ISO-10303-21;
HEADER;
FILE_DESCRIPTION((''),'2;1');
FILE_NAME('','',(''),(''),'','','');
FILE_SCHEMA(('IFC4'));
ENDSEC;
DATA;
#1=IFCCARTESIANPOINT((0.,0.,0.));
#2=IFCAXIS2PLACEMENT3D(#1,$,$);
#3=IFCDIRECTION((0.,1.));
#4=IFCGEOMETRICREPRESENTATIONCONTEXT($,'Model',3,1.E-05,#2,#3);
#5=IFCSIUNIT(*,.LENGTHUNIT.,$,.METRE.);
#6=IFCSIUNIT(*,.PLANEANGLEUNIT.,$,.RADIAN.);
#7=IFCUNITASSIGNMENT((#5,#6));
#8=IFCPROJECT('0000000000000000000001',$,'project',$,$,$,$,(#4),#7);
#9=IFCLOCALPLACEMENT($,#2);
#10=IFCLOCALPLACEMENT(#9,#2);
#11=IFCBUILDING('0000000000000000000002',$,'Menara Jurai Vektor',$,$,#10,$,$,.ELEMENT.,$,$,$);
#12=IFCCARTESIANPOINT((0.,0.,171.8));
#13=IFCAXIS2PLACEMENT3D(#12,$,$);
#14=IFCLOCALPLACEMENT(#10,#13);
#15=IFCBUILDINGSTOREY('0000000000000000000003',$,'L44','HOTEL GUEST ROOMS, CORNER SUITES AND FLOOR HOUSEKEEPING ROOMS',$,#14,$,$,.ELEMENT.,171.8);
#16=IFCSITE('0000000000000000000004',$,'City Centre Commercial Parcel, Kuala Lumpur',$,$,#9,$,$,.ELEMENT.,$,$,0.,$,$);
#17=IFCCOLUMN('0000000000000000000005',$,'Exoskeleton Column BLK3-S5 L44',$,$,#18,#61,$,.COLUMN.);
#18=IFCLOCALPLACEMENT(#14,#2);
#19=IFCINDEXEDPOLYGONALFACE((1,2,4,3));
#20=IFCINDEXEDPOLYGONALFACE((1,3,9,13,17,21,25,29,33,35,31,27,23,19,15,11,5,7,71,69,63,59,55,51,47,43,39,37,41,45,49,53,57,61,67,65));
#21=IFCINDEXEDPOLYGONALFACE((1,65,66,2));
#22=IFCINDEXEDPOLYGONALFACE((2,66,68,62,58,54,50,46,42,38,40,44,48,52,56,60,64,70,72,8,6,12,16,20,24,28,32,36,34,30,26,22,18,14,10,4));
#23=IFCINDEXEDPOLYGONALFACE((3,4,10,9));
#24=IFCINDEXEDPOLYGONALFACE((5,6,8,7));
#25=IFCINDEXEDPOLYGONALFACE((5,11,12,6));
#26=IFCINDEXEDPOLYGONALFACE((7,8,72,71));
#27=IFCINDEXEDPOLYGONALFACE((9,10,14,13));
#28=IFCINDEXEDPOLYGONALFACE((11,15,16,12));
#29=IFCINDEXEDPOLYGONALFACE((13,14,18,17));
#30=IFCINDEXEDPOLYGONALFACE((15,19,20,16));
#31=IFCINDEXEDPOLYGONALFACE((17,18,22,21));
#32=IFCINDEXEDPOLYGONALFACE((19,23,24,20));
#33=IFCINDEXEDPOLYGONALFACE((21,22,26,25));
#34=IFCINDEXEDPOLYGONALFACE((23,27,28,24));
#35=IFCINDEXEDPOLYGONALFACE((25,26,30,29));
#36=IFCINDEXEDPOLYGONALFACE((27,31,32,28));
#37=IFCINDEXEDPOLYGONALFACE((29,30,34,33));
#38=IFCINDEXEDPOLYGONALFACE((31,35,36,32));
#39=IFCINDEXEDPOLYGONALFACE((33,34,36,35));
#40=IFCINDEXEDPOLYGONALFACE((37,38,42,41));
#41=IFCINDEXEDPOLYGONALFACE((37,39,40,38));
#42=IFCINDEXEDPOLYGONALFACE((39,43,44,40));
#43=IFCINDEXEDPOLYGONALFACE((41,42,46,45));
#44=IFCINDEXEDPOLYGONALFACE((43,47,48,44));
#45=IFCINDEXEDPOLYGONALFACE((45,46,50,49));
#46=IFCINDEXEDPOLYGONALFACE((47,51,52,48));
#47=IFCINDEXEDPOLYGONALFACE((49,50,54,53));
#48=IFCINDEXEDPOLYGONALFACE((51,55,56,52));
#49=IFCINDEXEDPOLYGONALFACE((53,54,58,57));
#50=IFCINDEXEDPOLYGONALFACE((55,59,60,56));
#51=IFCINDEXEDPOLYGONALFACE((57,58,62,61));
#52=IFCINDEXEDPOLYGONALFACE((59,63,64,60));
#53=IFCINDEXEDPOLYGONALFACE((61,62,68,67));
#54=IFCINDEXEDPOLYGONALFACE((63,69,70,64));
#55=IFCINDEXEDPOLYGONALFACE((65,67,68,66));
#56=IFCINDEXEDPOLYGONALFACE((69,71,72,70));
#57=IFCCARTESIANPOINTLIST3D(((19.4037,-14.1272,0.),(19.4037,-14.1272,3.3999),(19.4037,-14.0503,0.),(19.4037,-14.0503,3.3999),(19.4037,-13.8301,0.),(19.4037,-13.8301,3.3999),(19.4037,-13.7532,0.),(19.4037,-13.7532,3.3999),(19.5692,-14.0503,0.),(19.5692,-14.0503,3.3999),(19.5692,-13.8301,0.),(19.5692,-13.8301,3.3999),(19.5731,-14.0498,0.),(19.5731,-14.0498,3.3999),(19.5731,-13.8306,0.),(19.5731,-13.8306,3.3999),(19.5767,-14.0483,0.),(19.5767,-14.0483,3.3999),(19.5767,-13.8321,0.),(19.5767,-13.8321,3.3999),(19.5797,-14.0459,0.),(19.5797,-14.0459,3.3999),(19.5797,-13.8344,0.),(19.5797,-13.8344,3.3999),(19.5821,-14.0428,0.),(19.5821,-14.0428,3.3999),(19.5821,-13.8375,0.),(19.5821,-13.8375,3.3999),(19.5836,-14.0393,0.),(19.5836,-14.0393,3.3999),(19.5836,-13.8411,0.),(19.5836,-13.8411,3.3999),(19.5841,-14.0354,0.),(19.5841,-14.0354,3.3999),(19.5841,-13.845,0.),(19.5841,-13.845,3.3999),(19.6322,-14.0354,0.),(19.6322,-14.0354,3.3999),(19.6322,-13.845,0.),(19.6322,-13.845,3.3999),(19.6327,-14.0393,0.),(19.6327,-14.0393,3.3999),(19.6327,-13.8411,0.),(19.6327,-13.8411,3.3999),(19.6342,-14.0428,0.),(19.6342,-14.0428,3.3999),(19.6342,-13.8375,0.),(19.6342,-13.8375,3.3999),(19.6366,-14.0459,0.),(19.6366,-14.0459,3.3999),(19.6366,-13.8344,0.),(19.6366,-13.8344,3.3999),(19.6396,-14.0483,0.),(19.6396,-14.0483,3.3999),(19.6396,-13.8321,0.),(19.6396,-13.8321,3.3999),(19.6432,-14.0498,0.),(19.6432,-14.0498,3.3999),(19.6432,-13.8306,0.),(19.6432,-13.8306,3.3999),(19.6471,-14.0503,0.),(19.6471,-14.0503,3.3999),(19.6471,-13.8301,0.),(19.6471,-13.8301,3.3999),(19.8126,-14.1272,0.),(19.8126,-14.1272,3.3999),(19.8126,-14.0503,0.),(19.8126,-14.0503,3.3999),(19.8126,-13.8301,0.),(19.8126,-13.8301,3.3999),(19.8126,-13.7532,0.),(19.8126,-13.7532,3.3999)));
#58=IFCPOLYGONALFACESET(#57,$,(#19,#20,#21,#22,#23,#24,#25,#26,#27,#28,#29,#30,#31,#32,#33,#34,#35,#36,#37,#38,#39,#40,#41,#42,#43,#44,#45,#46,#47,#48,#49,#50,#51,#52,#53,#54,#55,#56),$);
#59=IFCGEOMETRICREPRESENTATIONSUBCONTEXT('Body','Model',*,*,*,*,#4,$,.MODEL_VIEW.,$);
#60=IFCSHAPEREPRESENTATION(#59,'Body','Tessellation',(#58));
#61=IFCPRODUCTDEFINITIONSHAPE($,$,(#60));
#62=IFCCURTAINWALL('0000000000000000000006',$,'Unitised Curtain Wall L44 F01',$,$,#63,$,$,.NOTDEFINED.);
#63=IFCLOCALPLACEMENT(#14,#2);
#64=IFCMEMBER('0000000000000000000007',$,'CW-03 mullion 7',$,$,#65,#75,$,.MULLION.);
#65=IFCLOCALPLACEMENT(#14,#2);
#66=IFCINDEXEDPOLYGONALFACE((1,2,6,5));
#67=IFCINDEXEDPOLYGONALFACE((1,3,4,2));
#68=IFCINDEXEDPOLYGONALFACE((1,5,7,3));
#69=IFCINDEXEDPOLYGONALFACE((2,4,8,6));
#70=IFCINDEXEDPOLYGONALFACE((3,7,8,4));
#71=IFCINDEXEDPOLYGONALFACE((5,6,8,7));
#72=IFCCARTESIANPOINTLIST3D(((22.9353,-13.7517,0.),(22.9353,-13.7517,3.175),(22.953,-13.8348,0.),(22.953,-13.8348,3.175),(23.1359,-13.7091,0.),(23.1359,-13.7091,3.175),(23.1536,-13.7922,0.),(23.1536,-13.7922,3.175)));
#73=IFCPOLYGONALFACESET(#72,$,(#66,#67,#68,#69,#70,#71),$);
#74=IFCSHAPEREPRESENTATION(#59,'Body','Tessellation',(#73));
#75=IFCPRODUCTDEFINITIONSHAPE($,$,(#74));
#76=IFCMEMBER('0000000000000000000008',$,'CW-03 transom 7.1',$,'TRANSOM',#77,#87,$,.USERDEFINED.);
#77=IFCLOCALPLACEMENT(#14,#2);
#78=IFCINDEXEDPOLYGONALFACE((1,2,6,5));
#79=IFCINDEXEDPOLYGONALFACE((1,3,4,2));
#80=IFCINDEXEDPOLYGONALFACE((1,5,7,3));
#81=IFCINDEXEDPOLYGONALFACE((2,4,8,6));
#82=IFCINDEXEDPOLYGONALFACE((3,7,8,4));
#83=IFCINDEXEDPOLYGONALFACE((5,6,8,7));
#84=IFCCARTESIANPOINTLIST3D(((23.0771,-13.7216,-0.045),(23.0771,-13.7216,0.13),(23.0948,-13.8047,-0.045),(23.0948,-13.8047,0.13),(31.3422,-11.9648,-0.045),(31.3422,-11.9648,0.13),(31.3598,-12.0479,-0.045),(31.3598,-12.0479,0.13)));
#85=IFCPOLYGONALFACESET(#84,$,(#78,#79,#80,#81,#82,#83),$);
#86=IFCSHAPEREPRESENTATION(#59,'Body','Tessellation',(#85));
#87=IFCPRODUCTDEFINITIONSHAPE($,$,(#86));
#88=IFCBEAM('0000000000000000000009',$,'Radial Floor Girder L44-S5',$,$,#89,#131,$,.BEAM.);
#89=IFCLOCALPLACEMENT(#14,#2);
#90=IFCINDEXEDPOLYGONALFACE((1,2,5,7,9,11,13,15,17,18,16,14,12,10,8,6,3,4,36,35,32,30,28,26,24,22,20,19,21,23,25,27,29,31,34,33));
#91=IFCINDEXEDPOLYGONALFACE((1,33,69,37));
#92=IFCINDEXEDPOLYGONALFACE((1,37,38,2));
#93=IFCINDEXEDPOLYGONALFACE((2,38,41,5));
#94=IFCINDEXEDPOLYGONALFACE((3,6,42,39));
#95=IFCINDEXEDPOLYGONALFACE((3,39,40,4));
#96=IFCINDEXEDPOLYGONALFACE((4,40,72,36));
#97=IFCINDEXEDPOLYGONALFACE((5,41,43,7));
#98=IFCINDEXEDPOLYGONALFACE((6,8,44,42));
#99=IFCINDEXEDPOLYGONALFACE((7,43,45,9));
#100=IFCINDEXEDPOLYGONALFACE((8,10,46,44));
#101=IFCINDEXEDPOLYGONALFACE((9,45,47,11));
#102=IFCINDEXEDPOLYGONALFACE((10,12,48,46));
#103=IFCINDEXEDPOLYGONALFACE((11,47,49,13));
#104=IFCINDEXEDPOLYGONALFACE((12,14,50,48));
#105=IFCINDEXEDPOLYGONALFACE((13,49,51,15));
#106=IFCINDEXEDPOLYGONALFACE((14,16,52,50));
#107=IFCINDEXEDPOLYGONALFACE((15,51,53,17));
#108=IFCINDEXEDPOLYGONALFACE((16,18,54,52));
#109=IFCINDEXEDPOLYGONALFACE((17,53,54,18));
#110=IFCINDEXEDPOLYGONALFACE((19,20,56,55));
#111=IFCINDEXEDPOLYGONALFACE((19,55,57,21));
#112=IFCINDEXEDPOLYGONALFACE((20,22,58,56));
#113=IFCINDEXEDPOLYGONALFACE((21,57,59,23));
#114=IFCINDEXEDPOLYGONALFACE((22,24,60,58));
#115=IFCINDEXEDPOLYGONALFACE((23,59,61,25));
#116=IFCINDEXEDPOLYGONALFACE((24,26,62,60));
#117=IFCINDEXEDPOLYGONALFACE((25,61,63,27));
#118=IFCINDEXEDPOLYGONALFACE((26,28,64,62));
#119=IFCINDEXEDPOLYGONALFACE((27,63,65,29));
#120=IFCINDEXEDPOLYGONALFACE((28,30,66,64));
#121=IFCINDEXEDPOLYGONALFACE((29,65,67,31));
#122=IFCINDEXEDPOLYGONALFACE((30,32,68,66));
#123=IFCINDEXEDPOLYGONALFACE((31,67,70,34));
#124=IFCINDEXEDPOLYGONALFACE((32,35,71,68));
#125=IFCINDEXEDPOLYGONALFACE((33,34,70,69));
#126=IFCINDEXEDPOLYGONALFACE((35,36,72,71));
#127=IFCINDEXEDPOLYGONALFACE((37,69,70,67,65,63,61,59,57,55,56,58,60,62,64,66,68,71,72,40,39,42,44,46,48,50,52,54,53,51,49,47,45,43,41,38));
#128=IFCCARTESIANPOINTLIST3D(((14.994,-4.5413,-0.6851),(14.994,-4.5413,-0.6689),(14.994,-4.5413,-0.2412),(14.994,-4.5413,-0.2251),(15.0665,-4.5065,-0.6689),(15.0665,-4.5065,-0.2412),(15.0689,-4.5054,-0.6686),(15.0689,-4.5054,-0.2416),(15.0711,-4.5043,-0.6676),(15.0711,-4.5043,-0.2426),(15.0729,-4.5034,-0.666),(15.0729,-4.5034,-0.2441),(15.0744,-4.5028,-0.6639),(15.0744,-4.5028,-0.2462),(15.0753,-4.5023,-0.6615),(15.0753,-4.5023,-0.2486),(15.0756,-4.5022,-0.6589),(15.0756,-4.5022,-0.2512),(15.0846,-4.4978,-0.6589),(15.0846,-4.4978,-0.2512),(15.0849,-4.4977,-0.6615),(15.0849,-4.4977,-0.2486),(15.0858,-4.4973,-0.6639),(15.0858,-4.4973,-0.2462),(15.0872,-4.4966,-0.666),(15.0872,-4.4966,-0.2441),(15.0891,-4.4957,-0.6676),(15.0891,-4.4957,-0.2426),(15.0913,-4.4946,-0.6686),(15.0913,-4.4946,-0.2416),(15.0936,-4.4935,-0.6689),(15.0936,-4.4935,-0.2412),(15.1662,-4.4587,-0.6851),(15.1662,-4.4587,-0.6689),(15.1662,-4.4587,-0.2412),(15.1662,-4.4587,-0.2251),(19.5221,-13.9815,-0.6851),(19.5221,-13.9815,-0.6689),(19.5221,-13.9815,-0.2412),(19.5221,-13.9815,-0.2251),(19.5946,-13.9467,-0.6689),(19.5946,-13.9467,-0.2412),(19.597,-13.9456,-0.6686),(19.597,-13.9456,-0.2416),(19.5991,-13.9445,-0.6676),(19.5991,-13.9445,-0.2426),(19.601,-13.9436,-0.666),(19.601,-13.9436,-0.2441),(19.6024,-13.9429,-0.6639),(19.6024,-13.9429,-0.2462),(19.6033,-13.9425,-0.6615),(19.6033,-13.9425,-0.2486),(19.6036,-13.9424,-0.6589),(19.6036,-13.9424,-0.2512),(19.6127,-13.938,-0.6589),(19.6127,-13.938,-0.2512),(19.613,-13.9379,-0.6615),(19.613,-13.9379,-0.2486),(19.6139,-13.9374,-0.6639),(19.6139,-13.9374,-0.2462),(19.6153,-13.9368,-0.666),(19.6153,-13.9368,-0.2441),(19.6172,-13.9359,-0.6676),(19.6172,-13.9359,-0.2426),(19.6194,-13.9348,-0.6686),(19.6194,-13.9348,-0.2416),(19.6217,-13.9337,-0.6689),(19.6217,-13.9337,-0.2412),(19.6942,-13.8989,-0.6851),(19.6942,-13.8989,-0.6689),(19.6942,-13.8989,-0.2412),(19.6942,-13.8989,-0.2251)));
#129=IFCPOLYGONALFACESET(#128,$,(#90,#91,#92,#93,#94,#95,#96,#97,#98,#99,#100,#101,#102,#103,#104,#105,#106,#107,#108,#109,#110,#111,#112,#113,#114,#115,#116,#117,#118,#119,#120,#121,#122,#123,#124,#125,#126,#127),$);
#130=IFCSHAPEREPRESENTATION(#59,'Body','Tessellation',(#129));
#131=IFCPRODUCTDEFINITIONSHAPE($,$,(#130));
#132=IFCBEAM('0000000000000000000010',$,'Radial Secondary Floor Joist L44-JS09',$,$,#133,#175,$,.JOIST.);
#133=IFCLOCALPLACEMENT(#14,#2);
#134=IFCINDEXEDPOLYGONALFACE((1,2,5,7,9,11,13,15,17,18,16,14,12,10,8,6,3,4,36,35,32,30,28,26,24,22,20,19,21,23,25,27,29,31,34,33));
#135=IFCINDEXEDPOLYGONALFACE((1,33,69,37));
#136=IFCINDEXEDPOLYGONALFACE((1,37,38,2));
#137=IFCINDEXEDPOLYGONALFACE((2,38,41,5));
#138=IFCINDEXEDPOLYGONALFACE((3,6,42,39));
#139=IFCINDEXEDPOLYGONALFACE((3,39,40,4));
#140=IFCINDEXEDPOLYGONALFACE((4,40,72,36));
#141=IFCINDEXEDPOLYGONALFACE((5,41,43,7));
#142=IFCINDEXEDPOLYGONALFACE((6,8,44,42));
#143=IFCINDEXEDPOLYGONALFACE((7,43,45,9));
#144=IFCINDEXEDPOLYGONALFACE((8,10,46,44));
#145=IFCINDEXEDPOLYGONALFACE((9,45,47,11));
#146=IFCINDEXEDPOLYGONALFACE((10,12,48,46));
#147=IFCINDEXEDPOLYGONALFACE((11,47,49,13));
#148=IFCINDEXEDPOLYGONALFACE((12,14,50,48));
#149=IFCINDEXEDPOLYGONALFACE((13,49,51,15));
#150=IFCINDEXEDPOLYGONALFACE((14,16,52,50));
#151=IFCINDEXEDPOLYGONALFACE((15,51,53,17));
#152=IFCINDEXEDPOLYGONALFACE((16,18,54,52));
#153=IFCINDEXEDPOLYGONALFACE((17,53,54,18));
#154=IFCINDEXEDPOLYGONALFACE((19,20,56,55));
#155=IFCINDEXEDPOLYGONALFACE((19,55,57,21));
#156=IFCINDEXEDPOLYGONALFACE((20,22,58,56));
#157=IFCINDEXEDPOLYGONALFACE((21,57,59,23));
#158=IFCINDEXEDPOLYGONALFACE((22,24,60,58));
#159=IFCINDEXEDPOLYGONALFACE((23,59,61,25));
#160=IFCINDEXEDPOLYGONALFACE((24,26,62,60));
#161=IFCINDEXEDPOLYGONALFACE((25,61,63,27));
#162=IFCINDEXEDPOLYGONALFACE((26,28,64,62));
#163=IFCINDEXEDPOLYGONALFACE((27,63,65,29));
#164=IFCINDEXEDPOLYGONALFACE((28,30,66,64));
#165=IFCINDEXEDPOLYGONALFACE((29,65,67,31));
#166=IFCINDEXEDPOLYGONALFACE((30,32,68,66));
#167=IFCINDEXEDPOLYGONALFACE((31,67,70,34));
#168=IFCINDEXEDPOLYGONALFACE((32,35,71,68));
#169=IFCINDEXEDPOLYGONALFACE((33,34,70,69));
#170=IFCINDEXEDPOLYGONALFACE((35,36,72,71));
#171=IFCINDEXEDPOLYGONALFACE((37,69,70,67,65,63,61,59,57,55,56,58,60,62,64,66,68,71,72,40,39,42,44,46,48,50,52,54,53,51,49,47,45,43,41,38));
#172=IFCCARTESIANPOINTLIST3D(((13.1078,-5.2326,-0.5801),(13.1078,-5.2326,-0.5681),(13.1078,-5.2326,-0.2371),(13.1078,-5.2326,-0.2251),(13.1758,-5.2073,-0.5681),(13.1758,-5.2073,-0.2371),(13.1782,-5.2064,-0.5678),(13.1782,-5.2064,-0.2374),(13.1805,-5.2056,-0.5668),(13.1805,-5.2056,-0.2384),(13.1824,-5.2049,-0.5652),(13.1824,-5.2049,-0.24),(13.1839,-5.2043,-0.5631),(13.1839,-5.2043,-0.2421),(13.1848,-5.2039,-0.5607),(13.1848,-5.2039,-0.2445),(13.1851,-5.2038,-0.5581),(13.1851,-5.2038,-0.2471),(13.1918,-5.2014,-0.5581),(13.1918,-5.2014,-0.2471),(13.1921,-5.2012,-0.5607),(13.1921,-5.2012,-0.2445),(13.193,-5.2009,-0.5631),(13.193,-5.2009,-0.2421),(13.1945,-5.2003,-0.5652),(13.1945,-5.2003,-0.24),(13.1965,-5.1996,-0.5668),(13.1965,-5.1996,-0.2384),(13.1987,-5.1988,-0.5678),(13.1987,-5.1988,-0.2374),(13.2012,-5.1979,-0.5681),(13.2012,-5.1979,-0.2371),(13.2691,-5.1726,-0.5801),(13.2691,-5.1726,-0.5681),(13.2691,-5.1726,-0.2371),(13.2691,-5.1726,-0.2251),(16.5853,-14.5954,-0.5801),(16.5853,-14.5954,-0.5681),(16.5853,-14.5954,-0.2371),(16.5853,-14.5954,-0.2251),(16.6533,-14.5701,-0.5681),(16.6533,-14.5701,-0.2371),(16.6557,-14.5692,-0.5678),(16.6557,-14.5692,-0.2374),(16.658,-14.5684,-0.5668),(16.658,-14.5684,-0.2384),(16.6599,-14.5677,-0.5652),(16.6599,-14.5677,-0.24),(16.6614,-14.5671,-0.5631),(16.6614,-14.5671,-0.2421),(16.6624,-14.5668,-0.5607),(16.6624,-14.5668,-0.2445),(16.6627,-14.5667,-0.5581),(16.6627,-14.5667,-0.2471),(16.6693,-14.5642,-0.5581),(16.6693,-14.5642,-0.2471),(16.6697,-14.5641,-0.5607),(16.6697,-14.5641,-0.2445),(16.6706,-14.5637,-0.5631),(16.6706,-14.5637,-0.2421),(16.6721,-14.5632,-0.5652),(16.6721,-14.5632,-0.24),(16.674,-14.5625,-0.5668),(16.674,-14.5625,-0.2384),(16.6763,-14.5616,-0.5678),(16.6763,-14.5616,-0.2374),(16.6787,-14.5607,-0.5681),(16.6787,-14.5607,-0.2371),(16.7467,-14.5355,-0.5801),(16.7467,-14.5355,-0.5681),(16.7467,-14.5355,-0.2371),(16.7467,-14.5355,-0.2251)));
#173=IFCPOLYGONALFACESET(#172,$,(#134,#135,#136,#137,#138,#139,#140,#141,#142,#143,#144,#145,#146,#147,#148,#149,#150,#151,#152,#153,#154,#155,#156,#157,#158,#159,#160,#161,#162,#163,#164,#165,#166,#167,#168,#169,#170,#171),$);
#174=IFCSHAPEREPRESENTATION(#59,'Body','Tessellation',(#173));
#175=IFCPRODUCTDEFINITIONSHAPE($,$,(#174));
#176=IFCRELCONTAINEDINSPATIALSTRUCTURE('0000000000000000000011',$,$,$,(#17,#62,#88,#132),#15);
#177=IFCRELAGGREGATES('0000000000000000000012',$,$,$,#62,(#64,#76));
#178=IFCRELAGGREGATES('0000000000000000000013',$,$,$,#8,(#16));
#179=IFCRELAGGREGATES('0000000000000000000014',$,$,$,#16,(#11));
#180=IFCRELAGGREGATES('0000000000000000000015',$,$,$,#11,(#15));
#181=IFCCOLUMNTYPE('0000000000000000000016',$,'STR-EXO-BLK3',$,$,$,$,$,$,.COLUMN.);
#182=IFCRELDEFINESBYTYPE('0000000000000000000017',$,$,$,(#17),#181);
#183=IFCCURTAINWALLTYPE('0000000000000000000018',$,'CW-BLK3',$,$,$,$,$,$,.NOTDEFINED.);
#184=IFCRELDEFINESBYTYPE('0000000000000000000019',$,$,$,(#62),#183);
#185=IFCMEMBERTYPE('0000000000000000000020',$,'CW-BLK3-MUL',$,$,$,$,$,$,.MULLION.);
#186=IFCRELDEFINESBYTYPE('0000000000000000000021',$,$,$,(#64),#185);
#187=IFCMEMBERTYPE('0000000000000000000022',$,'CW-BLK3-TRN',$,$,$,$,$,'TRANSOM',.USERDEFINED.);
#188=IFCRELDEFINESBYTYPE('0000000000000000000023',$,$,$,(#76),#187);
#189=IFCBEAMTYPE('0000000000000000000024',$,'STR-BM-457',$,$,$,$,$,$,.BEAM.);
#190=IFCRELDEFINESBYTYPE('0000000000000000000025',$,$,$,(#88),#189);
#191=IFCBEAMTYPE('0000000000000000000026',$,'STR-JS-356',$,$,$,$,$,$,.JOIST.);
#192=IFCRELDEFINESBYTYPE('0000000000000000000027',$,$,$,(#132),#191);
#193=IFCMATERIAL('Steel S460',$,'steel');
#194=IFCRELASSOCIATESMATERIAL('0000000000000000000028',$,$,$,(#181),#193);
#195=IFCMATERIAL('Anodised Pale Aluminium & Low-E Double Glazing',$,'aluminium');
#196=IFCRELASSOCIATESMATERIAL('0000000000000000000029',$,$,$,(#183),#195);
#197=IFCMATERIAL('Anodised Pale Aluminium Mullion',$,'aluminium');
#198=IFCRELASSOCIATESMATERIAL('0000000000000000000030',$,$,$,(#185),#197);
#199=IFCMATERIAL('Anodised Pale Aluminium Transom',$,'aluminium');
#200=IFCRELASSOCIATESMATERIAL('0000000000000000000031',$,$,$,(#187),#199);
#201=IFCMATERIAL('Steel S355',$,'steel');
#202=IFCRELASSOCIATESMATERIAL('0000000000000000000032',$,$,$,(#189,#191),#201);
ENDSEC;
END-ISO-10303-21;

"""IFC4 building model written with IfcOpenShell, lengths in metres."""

from ifc_helpers import new_model, si_unit, direction, frame, origin, origin_2d, place, context, subcontext, project, spatial, rectangle, i_section, extrude, material, material_profile, profile_set, type_object, element, aggregate, save


model = new_model("IFC4")

# Units and contexts
model_context = context("Model", 3, precision=1e-05, world=origin(), true_north=direction((0.0, 1.0)))
body_context = subcontext(model_context, "Body", "Model", "MODEL_VIEW")
ifc_project = project(units=[si_unit("LENGTHUNIT", "METRE"), si_unit("PLANEANGLEUNIT", "RADIAN")], contexts=[model_context])

# Site, building, storey
site_placement = place(None, origin())
site = spatial("IfcSite", under=ifc_project, at=site_placement, Name="City Centre Commercial Parcel, Kuala Lumpur", CompositionType="ELEMENT", RefElevation=0.0)
building_placement = place(site_placement, origin())
building = spatial("IfcBuilding", under=site, at=building_placement, Name="Menara Jurai Vektor", CompositionType="ELEMENT")
storey_placement = place(building_placement, frame((0.0, 0.0, 171.8)))
storey = spatial("IfcBuildingStorey", under=building, at=storey_placement, Name="L44", Description="HOTEL GUEST ROOMS, CORNER SUITES AND FLOOR HOUSEKEEPING ROOMS", CompositionType="ELEMENT", Elevation=171.8)

# Column
ifc_material_1 = material(Name="Steel S460", Category="steel")
ifc_material_profile_1 = material_profile(ifc_material_1, i_section(OverallWidth=0.4089, OverallDepth=0.374, WebThickness=0.0481, FlangeThickness=0.0769, FilletRadius=0.0149, at=origin_2d()), Name="HD 400x634")
ifc_profile_set_1 = profile_set([ifc_material_profile_1], Name="Steel S460")
column_type = type_object("IfcColumnType", Name="STR-EXO-BLK3", PredefinedType="COLUMN", material=ifc_profile_set_1)
column_placement = place(storey_placement, frame((19.6082, -13.9402, 0.0), z_axis=(0.0, 0.0, 1.0), x_axis=(1.0, 0.0, 0.0)))
element("IfcColumn", 1, at=column_placement, inside=storey, type_object=column_type, Name="Exoskeleton Column BLK3-S5 L44", PredefinedType="COLUMN", context=body_context, shape_type="SweptSolid", body=[
    extrude(i_section(OverallWidth=0.4089, OverallDepth=0.374, WebThickness=0.0481, FlangeThickness=0.0769, FilletRadius=0.0149, at=origin_2d()), origin(), (0.0, 0.0, 1.0), 3.3999),
])

# Curtain wall, members
ifc_material_2 = material(Name="Anodised Pale Aluminium & Low-E Double Glazing", Category="aluminium")
curtain_wall_type = type_object("IfcCurtainWallType", Name="CW-BLK3", PredefinedType="NOTDEFINED", material=ifc_material_2)
curtain_wall_placement = place(storey_placement, origin())
curtain_wall = element("IfcCurtainWall", 2, at=curtain_wall_placement, inside=storey, type_object=curtain_wall_type, Name="Unitised Curtain Wall L44 F01", PredefinedType="NOTDEFINED")
ifc_material_3 = material(Name="Anodised Pale Aluminium Mullion", Category="aluminium")
ifc_material_profile_2 = material_profile(ifc_material_3, rectangle(XDim=0.085, YDim=0.2051, at=origin_2d()), Name="ALU MUL 85x205")
ifc_profile_set_2 = profile_set([ifc_material_profile_2], Name="Anodised Pale Aluminium Mullion")
member_type_1 = type_object("IfcMemberType", Name="CW-BLK3-MUL", PredefinedType="MULLION", material=ifc_profile_set_2)
member_1_placement = place(storey_placement, frame((23.0444, -13.772, 0.0), z_axis=(0.0, 0.0, 1.0), x_axis=(-0.207911, 0.978148, 0.0)))
member_1 = element("IfcMember", 3, at=member_1_placement, type_object=member_type_1, Name="CW-03 mullion 7", PredefinedType="MULLION", context=body_context, shape_type="SweptSolid", body=[
    extrude(rectangle(XDim=0.085, YDim=0.2051, at=origin_2d()), origin(), (0.0, 0.0, 1.0), 3.175),
])
ifc_material_4 = material(Name="Anodised Pale Aluminium Transom", Category="aluminium")
ifc_material_profile_3 = material_profile(ifc_material_4, rectangle(XDim=0.085, YDim=0.175, at=origin_2d()), Name="ALU TRN 85x175")
ifc_profile_set_3 = profile_set([ifc_material_profile_3], Name="Anodised Pale Aluminium Transom")
member_type_2 = type_object("IfcMemberType", Name="CW-BLK3-TRN", ElementType="TRANSOM", PredefinedType="USERDEFINED", material=ifc_profile_set_3)
member_2_placement = place(storey_placement, frame((23.0859, -13.7632, 0.0425), z_axis=(0.978147, 0.207915, 0.0), x_axis=(-0.207915, 0.978147, 0.0)))
member_2 = element("IfcMember", 4, at=member_2_placement, type_object=member_type_2, Name="CW-03 transom 7.1", ObjectType="TRANSOM", PredefinedType="USERDEFINED", context=body_context, shape_type="SweptSolid", body=[
    extrude(rectangle(XDim=0.085, YDim=0.175, at=origin_2d()), origin(), (0.0, 0.0, 1.0), 8.4497),
])

# Beams
ifc_material_5 = material(Name="Steel S355", Category="steel")
ifc_material_profile_4 = material_profile(ifc_material_5, i_section(OverallWidth=0.1909, OverallDepth=0.46, WebThickness=0.01, FlangeThickness=0.0161, FilletRadius=0.01, at=origin_2d()), Name="UKB 457x191x82")
ifc_profile_set_4 = profile_set([ifc_material_profile_4], Name="Steel S355")
beam_type_1 = type_object("IfcBeamType", Name="STR-BM-457", PredefinedType="BEAM", material=ifc_profile_set_4)
beam_1_placement = place(storey_placement, frame((19.6082, -13.9402, -0.4551), z_axis=(-0.432482, 0.901643, 0.0), x_axis=(-0.901643, -0.432482, 0.0)))
element("IfcBeam", 5, at=beam_1_placement, inside=storey, type_object=beam_type_1, Name="Radial Floor Girder L44-S5", PredefinedType="BEAM", context=body_context, shape_type="SweptSolid", body=[
    extrude(i_section(OverallWidth=0.1909, OverallDepth=0.46, WebThickness=0.01, FlangeThickness=0.0161, FilletRadius=0.01, at=origin_2d()), origin(), (0.0, 0.0, 1.0), 10.47),
])
ifc_material_profile_5 = material_profile(ifc_material_5, i_section(OverallWidth=0.1721, OverallDepth=0.355, WebThickness=0.0071, FlangeThickness=0.012, FilletRadius=0.01, at=origin_2d()), Name="UKB 356x171x51")
ifc_profile_set_5 = profile_set([ifc_material_profile_5], Name="Steel S355")
beam_type_2 = type_object("IfcBeamType", Name="STR-JS-356", PredefinedType="JOIST", material=ifc_profile_set_5)
beam_2_placement = place(storey_placement, frame((16.666, -14.5654, -0.4026), z_axis=(-0.34818, 0.937428, 0.0), x_axis=(-0.937428, -0.34818, 0.0)))
element("IfcBeam", 6, at=beam_2_placement, inside=storey, type_object=beam_type_2, Name="Radial Secondary Floor Joist L44-JS09", PredefinedType="JOIST", context=body_context, shape_type="SweptSolid", body=[
    extrude(i_section(OverallWidth=0.1721, OverallDepth=0.355, WebThickness=0.0071, FlangeThickness=0.012, FilletRadius=0.01, at=origin_2d()), origin(), (0.0, 0.0, 1.0), 9.9878),
])

aggregate(curtain_wall, [member_1, member_2])

save(model, "model.ifc")
